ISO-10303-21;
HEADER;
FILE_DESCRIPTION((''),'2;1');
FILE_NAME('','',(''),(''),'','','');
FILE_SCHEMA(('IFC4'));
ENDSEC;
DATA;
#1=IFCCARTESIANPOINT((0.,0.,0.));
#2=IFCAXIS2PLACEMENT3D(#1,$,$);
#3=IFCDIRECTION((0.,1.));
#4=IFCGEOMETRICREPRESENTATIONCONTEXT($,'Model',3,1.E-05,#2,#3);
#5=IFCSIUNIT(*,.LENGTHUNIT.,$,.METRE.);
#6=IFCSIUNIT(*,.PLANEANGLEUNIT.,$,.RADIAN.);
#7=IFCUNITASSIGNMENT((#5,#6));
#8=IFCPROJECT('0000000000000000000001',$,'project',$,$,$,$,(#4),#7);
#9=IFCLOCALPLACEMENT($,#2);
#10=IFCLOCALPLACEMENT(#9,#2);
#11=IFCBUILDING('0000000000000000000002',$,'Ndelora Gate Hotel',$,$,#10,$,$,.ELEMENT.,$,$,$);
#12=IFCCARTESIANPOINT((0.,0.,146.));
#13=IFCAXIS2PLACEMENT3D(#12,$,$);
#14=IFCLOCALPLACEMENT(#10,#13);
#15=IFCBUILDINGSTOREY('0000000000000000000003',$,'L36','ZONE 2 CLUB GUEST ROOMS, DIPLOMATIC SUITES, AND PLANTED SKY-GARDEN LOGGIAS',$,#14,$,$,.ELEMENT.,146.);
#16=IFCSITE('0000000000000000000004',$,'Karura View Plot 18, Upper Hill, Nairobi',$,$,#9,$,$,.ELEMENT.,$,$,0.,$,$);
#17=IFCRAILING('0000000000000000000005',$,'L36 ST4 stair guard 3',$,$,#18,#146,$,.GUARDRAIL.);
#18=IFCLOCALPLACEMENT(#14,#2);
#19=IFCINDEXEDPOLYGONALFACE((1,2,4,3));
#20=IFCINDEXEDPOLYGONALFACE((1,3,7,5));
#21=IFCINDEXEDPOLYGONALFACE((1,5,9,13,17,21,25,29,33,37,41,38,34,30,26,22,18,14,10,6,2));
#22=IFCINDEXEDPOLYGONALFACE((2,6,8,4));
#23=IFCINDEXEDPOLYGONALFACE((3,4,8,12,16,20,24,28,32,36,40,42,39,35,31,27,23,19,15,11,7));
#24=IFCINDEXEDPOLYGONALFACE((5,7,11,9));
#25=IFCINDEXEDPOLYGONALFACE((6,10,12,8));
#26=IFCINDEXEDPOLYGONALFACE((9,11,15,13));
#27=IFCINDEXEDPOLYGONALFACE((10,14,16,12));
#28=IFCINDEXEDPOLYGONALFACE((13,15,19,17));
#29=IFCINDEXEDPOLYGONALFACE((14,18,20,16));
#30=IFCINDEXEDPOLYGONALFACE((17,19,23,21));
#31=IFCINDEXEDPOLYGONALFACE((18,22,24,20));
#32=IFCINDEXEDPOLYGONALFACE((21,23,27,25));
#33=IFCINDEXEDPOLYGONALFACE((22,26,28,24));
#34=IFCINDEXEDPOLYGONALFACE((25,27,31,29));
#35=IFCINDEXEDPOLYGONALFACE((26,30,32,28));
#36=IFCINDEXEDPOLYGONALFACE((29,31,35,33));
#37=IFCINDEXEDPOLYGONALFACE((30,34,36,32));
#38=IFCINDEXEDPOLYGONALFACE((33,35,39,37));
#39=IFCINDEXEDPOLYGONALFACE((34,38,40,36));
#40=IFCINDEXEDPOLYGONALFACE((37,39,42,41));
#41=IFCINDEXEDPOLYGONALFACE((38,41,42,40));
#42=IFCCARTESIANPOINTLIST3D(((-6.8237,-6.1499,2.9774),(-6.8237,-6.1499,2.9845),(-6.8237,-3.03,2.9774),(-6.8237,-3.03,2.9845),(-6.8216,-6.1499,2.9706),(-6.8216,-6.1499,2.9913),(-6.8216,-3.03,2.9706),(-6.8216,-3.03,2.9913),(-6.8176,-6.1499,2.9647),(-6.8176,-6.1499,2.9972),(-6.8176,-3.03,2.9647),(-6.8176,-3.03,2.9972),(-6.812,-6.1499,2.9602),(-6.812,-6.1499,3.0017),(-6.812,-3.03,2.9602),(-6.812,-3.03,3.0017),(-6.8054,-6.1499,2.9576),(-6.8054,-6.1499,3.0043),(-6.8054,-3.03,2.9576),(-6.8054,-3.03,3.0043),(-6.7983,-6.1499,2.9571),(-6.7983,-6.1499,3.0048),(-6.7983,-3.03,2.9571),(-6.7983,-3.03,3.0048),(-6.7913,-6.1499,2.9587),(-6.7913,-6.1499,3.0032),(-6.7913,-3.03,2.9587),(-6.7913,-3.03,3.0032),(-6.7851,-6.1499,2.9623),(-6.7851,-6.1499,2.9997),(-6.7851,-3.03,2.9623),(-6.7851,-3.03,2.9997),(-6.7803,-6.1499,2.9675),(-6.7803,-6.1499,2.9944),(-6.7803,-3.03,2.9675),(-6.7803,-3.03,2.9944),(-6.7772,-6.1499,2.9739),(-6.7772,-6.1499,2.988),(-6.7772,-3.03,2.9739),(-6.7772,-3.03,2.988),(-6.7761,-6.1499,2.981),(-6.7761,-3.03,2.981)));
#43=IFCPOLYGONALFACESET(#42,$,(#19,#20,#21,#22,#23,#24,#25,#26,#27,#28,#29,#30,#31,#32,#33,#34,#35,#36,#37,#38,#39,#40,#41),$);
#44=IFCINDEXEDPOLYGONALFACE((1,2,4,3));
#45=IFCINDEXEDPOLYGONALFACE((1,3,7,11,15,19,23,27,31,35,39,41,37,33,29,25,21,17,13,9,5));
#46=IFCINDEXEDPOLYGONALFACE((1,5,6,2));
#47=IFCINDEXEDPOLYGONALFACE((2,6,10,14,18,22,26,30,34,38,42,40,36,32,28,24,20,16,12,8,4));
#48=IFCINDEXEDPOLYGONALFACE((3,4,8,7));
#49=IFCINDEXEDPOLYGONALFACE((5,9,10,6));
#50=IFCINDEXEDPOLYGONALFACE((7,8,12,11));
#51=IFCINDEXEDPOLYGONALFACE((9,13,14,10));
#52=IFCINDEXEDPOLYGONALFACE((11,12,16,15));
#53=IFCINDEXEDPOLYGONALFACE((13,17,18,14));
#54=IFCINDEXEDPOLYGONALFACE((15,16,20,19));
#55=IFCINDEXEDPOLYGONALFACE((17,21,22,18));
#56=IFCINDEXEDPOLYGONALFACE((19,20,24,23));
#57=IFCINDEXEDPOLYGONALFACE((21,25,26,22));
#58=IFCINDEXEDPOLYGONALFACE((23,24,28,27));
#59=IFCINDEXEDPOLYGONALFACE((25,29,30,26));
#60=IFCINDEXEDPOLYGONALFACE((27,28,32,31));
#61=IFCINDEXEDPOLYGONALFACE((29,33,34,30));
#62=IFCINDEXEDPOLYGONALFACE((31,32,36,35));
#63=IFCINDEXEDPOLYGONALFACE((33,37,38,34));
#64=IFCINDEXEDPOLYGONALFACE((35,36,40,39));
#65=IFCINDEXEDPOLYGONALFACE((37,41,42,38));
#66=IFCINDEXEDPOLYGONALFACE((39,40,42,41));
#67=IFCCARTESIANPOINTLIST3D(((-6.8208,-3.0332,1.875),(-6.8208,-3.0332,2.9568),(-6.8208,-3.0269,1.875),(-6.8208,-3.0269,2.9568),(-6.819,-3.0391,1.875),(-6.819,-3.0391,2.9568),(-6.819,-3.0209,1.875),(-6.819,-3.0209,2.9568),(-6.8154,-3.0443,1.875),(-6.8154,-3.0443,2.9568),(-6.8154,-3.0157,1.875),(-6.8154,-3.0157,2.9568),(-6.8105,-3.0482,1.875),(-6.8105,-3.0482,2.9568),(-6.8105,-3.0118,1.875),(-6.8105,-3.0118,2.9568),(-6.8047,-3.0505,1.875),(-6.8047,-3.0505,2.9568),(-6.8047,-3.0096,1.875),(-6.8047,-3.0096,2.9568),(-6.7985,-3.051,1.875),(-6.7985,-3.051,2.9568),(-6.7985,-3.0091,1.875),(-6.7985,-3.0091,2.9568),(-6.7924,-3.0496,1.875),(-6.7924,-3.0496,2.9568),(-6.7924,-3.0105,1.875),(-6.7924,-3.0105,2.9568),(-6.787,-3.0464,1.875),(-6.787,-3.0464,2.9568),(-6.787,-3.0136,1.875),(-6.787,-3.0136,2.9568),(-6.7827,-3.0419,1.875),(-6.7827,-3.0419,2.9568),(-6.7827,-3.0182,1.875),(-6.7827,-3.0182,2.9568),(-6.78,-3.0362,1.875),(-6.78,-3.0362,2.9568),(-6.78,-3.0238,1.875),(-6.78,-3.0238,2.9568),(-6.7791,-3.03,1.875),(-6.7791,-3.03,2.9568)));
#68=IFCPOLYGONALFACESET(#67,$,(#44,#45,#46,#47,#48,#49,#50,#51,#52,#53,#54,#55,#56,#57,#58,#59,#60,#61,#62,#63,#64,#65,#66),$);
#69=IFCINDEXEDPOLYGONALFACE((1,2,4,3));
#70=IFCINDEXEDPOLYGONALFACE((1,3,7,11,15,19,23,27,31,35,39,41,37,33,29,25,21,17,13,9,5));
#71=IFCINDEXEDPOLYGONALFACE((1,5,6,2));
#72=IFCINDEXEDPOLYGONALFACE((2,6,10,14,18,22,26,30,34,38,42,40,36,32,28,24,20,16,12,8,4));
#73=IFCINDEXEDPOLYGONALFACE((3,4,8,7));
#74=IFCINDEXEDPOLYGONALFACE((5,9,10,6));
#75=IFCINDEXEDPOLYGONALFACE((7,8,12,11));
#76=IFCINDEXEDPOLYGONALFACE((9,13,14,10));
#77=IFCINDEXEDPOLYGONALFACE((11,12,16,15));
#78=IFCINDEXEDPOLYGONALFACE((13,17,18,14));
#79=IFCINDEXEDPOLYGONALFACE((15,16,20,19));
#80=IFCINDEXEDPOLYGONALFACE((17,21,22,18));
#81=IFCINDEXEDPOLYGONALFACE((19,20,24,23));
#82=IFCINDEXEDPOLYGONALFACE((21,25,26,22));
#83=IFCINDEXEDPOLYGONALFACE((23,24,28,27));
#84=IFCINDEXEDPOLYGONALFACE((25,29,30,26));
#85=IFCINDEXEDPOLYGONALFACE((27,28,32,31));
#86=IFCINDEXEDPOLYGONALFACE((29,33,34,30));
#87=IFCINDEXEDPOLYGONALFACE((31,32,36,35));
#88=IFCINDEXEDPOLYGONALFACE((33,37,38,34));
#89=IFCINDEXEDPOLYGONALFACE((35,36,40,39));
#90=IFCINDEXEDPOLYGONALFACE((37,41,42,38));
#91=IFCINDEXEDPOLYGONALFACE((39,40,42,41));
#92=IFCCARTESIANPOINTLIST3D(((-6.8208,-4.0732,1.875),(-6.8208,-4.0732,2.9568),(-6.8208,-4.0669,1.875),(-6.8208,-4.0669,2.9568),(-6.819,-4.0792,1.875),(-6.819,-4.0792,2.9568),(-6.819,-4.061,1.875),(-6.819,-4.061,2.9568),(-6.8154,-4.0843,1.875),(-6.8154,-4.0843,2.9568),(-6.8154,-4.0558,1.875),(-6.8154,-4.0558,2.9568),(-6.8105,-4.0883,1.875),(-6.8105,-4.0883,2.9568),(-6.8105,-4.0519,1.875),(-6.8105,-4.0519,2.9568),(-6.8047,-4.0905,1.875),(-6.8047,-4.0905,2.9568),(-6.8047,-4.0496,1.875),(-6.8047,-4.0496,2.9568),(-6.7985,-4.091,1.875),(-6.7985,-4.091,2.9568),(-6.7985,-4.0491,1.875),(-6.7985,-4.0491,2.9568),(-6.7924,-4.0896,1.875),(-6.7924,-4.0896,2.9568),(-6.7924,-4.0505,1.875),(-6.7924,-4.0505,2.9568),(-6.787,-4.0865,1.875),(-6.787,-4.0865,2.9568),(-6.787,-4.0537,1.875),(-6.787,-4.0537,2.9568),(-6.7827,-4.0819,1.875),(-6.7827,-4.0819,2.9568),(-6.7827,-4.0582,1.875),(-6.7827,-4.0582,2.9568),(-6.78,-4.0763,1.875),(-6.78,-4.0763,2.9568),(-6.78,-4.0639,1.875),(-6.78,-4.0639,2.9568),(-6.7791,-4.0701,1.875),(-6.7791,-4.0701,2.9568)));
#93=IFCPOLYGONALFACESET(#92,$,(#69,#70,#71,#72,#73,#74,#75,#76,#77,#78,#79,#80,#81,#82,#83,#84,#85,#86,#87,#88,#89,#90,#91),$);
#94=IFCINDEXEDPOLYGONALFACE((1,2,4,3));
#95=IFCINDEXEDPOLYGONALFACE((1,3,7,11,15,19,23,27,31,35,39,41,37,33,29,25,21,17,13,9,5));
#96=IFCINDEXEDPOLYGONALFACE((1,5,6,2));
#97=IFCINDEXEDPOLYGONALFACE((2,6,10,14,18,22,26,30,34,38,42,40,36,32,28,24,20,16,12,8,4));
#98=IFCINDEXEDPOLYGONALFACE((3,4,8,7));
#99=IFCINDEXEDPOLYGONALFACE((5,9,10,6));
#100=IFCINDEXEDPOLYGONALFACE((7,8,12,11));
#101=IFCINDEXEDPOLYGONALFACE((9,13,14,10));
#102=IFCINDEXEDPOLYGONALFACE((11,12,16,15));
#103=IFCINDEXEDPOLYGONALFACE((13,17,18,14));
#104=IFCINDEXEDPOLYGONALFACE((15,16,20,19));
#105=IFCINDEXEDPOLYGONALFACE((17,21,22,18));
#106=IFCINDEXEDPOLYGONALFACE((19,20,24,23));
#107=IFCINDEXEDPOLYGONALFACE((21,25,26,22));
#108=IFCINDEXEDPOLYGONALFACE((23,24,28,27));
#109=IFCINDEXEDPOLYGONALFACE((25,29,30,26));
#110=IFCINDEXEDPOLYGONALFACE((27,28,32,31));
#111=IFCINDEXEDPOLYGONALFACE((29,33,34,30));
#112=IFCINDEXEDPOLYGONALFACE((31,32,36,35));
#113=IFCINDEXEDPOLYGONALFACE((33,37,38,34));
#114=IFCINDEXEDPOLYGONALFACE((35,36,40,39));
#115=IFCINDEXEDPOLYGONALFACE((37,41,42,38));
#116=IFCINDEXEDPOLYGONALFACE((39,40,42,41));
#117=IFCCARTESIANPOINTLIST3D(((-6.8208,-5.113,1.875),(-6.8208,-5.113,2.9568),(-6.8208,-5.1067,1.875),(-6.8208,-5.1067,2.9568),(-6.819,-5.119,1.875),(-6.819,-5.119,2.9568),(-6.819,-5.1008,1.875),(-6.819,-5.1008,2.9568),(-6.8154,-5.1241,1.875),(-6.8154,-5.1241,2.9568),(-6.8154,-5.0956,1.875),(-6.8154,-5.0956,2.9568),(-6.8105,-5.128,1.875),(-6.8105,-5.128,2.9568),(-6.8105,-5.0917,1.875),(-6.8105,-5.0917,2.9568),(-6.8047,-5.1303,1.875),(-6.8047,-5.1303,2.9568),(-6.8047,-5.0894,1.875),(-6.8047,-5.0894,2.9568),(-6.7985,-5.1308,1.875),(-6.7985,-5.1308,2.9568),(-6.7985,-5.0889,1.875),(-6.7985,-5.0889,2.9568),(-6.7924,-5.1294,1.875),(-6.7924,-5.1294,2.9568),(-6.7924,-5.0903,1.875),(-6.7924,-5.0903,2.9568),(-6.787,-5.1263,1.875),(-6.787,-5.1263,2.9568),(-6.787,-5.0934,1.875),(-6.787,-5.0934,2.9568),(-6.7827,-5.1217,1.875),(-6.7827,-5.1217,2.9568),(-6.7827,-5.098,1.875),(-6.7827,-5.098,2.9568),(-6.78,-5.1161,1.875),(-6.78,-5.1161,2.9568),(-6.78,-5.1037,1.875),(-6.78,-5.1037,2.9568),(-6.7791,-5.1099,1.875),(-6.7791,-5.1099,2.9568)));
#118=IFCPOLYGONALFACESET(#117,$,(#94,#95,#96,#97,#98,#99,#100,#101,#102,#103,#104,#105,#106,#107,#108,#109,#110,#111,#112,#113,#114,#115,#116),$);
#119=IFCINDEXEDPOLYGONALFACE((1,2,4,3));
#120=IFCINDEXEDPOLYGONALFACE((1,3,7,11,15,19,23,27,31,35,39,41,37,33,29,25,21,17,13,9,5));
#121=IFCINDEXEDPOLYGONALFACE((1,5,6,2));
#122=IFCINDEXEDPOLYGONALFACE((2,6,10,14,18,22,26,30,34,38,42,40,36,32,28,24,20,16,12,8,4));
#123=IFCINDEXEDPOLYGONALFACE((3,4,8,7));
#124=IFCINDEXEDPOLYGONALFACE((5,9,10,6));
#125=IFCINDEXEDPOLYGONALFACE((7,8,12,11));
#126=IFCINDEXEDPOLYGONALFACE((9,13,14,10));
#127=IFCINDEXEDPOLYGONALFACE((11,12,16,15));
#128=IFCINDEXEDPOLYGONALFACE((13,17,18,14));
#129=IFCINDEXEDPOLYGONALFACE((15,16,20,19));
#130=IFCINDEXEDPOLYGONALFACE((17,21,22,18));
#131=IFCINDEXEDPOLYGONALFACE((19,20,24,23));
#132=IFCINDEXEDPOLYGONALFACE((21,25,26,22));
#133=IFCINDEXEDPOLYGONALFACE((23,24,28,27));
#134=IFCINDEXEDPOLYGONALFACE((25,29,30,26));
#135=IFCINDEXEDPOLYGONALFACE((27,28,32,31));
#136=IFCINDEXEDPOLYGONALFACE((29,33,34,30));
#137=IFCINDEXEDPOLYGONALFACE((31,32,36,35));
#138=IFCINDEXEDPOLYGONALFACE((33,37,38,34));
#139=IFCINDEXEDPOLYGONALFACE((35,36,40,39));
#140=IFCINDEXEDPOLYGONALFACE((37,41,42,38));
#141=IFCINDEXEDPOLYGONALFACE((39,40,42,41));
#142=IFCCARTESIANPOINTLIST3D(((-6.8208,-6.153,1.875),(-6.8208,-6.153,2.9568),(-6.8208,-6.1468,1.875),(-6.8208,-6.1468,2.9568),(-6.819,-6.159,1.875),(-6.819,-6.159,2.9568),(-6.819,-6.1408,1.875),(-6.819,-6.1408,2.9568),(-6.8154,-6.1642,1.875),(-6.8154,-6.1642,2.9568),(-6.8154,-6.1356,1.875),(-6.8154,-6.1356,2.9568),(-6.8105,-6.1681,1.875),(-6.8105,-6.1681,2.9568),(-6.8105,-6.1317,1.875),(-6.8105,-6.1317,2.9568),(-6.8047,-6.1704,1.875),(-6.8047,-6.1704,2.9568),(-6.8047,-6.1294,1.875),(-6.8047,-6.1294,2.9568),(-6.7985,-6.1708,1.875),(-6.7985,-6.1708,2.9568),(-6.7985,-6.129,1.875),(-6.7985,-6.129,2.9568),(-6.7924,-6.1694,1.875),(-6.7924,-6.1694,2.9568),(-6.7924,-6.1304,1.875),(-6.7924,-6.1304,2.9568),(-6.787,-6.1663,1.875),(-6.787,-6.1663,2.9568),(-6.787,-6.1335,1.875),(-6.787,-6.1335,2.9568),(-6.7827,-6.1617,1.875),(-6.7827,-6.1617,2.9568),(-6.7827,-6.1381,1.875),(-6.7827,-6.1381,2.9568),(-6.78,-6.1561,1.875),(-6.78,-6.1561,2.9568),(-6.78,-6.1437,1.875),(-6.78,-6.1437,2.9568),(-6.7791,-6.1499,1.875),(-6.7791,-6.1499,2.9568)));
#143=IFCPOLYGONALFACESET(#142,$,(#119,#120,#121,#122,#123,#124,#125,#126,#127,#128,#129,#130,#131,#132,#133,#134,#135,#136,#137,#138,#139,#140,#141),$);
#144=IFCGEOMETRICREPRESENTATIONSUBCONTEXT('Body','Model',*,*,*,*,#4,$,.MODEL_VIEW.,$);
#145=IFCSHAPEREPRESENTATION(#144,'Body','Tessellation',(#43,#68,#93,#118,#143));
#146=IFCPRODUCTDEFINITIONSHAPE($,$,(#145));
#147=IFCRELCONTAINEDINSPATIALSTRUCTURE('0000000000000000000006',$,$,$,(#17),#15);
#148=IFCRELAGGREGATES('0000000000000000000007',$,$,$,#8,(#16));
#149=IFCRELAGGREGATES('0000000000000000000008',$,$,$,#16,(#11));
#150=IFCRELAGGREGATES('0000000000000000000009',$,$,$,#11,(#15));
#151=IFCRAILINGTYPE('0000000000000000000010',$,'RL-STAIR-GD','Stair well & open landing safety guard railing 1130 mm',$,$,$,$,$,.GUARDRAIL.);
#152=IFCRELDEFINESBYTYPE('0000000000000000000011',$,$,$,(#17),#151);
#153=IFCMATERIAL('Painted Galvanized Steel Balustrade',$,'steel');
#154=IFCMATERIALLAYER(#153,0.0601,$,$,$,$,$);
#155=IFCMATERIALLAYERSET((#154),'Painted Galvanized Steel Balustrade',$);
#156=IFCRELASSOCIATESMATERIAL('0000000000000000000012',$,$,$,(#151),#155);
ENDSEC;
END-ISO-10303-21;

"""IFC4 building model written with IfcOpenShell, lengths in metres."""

from ifc_helpers import new_model, si_unit, direction, frame, origin, origin_2d, place, context, subcontext, project, spatial, circle, extrude, material, layer, layer_set, type_object, element, save


model = new_model("IFC4")

# Units and contexts
model_context = context("Model", 3, precision=1e-05, world=origin(), true_north=direction((0.0, 1.0)))
body_context = subcontext(model_context, "Body", "Model", "MODEL_VIEW")
ifc_project = project(units=[si_unit("LENGTHUNIT", "METRE"), si_unit("PLANEANGLEUNIT", "RADIAN")], contexts=[model_context])

# Site, building, storey
site_placement = place(None, origin())
site = spatial("IfcSite", under=ifc_project, at=site_placement, Name="Karura View Plot 18, Upper Hill, Nairobi", CompositionType="ELEMENT", RefElevation=0.0)
building_placement = place(site_placement, origin())
building = spatial("IfcBuilding", under=site, at=building_placement, Name="Ndelora Gate Hotel", CompositionType="ELEMENT")
storey_placement = place(building_placement, frame((0.0, 0.0, 146.0)))
storey = spatial("IfcBuildingStorey", under=building, at=storey_placement, Name="L36", Description="ZONE 2 CLUB GUEST ROOMS, DIPLOMATIC SUITES, AND PLANTED SKY-GARDEN LOGGIAS", CompositionType="ELEMENT", Elevation=146.0)

# Railing
ifc_material_1 = material(Name="Painted Galvanized Steel Balustrade", Category="steel")
ifc_layer_1 = layer(ifc_material_1, 0.0601)
ifc_layer_set_1 = layer_set([ifc_layer_1], Name="Painted Galvanized Steel Balustrade")
railing_type_1 = type_object("IfcRailingType", Name="RL-STAIR-GD", Description="Stair well & open landing safety guard railing 1130 mm", PredefinedType="GUARDRAIL", material=ifc_layer_set_1)
for number, where, name in (
    (1, (-6.8, -3.03, 1.875), "L36 ST4 stair guard 3"),
):
    element("IfcRailing", number, at=place(storey_placement, frame(where)), inside=storey, type_object=railing_type_1, Name=name, PredefinedType="GUARDRAIL", context=body_context, shape_type="SweptSolid", body=[
        extrude(circle(Radius=0.0239, at=origin_2d()), frame((0.0, 0.0, 1.106), z_axis=(0.0, -1.0, 0.0), x_axis=(1.0, 0.0, 0.0)), (0.0, 0.0, 1.0), 3.1199),
        extrude(circle(Radius=0.021, at=origin_2d()), origin(), (0.0, 0.0, 1.0), 1.0818),
        extrude(circle(Radius=0.021, at=origin_2d()), frame((0.0, -1.04, 0.0)), (0.0, 0.0, 1.0), 1.0818),
        extrude(circle(Radius=0.021, at=origin_2d()), frame((0.0, -2.0798, 0.0)), (0.0, 0.0, 1.0), 1.0818),
        extrude(circle(Radius=0.021, at=origin_2d()), frame((0.0, -3.1199, 0.0)), (0.0, 0.0, 1.0), 1.0818),
    ])

save(model, "model.ifc")
